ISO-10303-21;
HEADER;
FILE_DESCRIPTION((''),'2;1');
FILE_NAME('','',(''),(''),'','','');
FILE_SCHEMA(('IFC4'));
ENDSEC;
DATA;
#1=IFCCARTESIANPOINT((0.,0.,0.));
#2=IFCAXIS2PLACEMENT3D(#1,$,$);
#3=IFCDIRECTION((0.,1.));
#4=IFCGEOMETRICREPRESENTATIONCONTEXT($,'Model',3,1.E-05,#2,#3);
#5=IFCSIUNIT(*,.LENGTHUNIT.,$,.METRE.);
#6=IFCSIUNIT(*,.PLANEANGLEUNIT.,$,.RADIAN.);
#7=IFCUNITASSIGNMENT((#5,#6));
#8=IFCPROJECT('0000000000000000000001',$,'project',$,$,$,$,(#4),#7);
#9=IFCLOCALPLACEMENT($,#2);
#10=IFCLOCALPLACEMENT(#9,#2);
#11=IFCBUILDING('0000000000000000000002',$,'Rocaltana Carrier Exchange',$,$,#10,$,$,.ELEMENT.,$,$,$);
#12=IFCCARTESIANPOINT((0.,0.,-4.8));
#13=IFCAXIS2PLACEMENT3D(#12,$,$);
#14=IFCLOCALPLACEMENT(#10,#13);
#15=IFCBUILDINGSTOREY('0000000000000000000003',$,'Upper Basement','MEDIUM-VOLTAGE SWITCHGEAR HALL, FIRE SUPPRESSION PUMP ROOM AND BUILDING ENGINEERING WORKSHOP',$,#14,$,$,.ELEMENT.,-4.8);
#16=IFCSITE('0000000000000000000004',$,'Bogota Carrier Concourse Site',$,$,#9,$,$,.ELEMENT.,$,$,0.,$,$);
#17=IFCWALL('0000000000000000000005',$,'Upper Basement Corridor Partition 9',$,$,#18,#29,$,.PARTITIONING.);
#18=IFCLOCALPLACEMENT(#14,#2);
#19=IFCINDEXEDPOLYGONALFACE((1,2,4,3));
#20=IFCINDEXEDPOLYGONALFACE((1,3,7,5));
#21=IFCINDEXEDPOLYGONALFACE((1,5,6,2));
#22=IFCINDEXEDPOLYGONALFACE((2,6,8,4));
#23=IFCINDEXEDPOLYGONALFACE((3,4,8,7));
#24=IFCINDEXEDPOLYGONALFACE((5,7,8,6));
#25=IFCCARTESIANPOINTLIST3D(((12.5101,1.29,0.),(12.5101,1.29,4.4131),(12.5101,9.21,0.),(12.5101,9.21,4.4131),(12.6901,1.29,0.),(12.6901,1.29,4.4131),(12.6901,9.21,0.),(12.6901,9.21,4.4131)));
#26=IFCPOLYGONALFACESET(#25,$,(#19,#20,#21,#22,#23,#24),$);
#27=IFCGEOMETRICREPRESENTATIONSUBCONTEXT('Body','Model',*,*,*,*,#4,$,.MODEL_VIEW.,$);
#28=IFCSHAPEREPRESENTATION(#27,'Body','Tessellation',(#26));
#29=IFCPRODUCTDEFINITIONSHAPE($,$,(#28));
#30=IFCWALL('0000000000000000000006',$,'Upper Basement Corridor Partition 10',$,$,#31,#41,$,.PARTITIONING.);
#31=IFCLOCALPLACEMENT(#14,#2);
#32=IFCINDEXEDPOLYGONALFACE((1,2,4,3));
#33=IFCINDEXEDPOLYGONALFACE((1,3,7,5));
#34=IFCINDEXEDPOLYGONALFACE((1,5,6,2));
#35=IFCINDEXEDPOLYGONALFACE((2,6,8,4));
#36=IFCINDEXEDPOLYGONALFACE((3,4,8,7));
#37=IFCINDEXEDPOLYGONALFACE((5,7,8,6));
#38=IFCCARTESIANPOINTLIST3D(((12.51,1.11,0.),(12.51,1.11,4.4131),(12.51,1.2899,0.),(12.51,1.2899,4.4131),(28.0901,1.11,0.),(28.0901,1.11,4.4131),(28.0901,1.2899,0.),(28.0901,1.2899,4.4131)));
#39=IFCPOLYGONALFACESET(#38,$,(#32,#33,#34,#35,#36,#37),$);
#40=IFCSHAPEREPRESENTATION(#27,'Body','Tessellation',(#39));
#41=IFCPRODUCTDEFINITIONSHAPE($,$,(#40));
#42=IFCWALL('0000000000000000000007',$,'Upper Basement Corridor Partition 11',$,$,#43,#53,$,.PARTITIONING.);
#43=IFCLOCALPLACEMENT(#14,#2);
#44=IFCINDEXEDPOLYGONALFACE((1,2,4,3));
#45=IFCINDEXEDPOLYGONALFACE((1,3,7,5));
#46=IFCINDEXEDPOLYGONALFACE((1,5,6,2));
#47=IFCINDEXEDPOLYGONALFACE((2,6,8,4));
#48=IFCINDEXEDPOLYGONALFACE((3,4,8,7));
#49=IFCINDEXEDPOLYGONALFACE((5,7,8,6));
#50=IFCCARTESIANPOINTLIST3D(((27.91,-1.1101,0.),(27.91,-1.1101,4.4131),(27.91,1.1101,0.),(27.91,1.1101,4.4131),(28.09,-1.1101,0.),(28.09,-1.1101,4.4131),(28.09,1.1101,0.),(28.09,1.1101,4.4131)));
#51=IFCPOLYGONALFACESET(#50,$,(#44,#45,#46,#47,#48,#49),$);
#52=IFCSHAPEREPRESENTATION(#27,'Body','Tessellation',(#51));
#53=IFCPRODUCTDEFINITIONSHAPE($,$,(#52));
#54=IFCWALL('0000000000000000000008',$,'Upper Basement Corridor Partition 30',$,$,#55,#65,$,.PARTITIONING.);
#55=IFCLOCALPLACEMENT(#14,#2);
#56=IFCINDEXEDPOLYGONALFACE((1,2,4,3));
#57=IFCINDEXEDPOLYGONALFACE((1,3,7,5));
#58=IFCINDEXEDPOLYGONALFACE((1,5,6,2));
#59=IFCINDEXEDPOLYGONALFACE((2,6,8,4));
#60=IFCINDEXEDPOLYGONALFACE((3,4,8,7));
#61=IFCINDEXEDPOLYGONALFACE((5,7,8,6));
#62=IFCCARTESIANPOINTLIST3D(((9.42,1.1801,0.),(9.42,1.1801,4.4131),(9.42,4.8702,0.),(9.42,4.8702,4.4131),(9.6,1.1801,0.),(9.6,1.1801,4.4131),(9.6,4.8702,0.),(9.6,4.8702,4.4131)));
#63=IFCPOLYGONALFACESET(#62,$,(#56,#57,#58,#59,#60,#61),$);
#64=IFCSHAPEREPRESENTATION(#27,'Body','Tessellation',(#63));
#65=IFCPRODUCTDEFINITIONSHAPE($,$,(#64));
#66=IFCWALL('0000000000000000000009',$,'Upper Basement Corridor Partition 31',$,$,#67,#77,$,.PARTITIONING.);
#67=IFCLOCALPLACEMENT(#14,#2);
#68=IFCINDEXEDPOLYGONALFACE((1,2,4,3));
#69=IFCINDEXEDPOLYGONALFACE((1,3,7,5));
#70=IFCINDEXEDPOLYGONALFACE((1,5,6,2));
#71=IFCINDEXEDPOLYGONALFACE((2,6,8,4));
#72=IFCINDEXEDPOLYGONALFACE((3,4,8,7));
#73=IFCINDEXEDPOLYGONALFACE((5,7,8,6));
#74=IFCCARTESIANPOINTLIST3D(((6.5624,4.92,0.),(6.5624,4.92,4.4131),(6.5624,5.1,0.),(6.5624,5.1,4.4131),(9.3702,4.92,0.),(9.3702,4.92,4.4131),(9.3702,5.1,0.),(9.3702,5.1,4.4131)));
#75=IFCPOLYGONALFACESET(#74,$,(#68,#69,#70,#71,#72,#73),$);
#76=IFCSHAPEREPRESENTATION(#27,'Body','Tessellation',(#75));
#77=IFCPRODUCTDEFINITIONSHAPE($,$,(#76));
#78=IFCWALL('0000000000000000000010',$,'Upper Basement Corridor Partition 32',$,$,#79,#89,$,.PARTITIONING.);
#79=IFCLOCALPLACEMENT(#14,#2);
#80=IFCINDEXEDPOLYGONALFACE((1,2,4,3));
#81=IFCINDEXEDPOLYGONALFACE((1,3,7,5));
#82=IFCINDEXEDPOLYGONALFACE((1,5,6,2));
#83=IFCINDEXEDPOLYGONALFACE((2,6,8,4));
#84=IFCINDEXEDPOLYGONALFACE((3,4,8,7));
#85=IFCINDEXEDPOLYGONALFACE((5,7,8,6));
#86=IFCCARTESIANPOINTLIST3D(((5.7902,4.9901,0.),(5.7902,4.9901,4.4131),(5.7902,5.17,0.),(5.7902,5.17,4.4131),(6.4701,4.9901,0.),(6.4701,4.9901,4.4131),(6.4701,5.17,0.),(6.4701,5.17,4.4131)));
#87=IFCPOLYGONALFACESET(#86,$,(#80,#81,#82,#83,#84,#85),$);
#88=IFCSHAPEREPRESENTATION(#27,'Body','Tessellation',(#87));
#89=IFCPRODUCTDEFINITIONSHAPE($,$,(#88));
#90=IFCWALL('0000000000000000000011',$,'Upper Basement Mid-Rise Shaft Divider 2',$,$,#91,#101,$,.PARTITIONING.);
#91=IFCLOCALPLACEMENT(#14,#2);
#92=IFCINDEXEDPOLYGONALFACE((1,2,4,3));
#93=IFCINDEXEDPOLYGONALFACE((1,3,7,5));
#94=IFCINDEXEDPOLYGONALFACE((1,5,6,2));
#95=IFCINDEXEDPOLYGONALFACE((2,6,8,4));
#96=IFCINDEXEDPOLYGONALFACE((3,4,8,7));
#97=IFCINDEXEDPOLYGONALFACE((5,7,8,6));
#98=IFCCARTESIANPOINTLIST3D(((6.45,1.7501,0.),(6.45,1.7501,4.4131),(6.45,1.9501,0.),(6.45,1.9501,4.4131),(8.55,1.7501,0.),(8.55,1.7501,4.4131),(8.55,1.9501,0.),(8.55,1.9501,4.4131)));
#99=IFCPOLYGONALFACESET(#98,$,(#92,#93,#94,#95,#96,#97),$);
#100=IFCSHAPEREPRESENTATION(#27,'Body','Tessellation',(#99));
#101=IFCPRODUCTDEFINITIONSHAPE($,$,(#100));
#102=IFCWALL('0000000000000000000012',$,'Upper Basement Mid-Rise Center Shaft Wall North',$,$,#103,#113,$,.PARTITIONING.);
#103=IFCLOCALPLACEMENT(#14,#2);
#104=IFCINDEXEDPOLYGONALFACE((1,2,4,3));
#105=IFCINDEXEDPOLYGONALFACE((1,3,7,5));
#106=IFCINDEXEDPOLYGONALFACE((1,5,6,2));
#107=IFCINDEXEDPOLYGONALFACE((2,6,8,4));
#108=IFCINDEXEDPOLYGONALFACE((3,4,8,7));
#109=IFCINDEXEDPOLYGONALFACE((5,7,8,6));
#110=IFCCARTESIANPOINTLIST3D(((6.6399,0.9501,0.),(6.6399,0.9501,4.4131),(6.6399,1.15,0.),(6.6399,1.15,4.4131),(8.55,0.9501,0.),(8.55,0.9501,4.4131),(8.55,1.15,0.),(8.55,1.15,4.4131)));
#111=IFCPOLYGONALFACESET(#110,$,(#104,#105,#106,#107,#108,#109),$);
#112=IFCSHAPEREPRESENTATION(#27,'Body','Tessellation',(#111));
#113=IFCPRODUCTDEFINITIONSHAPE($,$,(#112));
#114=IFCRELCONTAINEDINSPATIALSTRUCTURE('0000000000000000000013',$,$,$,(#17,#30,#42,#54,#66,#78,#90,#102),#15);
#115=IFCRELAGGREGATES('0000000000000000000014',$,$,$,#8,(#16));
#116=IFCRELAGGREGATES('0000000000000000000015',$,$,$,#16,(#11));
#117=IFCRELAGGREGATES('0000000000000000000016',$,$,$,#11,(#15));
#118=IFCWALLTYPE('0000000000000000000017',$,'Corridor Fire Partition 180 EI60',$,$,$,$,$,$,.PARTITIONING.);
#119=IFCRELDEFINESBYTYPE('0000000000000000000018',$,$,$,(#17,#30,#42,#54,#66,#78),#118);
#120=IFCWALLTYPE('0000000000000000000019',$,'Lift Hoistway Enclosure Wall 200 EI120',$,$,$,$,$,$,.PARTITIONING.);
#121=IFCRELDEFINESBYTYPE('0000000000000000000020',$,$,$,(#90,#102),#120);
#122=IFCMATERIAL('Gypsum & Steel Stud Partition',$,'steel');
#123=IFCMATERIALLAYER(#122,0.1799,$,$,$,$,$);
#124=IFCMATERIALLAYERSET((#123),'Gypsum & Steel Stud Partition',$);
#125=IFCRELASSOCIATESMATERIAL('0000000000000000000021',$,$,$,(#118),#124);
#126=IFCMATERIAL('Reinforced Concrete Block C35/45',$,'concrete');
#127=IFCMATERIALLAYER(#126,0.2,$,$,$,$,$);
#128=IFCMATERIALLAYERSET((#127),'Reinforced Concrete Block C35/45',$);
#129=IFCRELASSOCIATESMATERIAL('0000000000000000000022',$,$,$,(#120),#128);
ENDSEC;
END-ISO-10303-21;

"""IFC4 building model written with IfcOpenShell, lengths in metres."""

from ifc_helpers import new_model, si_unit, direction, frame, frame_2d, origin, place, context, subcontext, project, spatial, rectangle, extrude, material, layer, layer_set, type_object, element, save


model = new_model("IFC4")

# Units and contexts
model_context = context("Model", 3, precision=1e-05, world=origin(), true_north=direction((0.0, 1.0)))
body_context = subcontext(model_context, "Body", "Model", "MODEL_VIEW")
ifc_project = project(units=[si_unit("LENGTHUNIT", "METRE"), si_unit("PLANEANGLEUNIT", "RADIAN")], contexts=[model_context])

# Site, building, storey
site_placement = place(None, origin())
site = spatial("IfcSite", under=ifc_project, at=site_placement, Name="Bogota Carrier Concourse Site", CompositionType="ELEMENT", RefElevation=0.0)
building_placement = place(site_placement, origin())
building = spatial("IfcBuilding", under=site, at=building_placement, Name="Rocaltana Carrier Exchange", CompositionType="ELEMENT")
storey_placement = place(building_placement, frame((0.0, 0.0, -4.8)))
storey = spatial("IfcBuildingStorey", under=building, at=storey_placement, Name="Upper Basement", Description="MEDIUM-VOLTAGE SWITCHGEAR HALL, FIRE SUPPRESSION PUMP ROOM AND BUILDING ENGINEERING WORKSHOP", CompositionType="ELEMENT", Elevation=-4.8)

# Walls
ifc_material_1 = material(Name="Gypsum & Steel Stud Partition", Category="steel")
ifc_layer_1 = layer(ifc_material_1, 0.1799)
ifc_layer_set_1 = layer_set([ifc_layer_1], Name="Gypsum & Steel Stud Partition")
wall_type_1 = type_object("IfcWallType", Name="Corridor Fire Partition 180 EI60", PredefinedType="PARTITIONING", material=ifc_layer_set_1)
wall_1_placement = place(storey_placement, frame((12.6001, 9.21, 0.0), z_axis=(0.0, 0.0, 1.0), x_axis=(0.0, -1.0, 0.0)))
element("IfcWall", 1, at=wall_1_placement, inside=storey, type_object=wall_type_1, Name="Upper Basement Corridor Partition 9", PredefinedType="PARTITIONING", context=body_context, shape_type="SweptSolid", body=[
    extrude(rectangle(XDim=7.9199, YDim=0.1799, at=frame_2d((3.96, 0.0))), origin(), (0.0, 0.0, 1.0), 4.4131),
])
wall_2_placement = place(storey_placement, frame((12.51, 1.2, 0.0), z_axis=(0.0, 0.0, 1.0), x_axis=(1.0, 0.0, 0.0)))
element("IfcWall", 2, at=wall_2_placement, inside=storey, type_object=wall_type_1, Name="Upper Basement Corridor Partition 10", PredefinedType="PARTITIONING", context=body_context, shape_type="SweptSolid", body=[
    extrude(rectangle(XDim=15.5801, YDim=0.1799, at=frame_2d((7.79, 0.0))), origin(), (0.0, 0.0, 1.0), 4.4131),
])
wall_3_placement = place(storey_placement, frame((28.0, 1.1101, 0.0), z_axis=(0.0, 0.0, 1.0), x_axis=(0.0, -1.0, 0.0)))
element("IfcWall", 3, at=wall_3_placement, inside=storey, type_object=wall_type_1, Name="Upper Basement Corridor Partition 11", PredefinedType="PARTITIONING", context=body_context, shape_type="SweptSolid", body=[
    extrude(rectangle(XDim=2.2202, YDim=0.1799, at=frame_2d((1.1101, 0.0))), origin(), (0.0, 0.0, 1.0), 4.4131),
])
wall_4_placement = place(storey_placement, frame((9.51, 1.1799, 0.0), z_axis=(0.0, 0.0, 1.0), x_axis=(0.0, 1.0, 0.0)))
element("IfcWall", 4, at=wall_4_placement, inside=storey, type_object=wall_type_1, Name="Upper Basement Corridor Partition 30", PredefinedType="PARTITIONING", context=body_context, shape_type="SweptSolid", body=[
    extrude(rectangle(XDim=3.6902, YDim=0.1799, at=frame_2d((1.8452, 0.0))), origin(), (0.0, 0.0, 1.0), 4.4131),
])
wall_5_placement = place(storey_placement, frame((9.3701, 5.01, 0.0), z_axis=(0.0, 0.0, 1.0), x_axis=(-1.0, 0.0, 0.0)))
element("IfcWall", 5, at=wall_5_placement, inside=storey, type_object=wall_type_1, Name="Upper Basement Corridor Partition 31", PredefinedType="PARTITIONING", context=body_context, shape_type="SweptSolid", body=[
    extrude(rectangle(XDim=2.8079, YDim=0.1799, at=frame_2d((1.4038, 0.0))), origin(), (0.0, 0.0, 1.0), 4.4131),
])
wall_6_placement = place(storey_placement, frame((6.47, 5.0801, 0.0), z_axis=(0.0, 0.0, 1.0), x_axis=(-1.0, 0.0, 0.0)))
element("IfcWall", 6, at=wall_6_placement, inside=storey, type_object=wall_type_1, Name="Upper Basement Corridor Partition 32", PredefinedType="PARTITIONING", context=body_context, shape_type="SweptSolid", body=[
    extrude(rectangle(XDim=0.6799, YDim=0.1799, at=frame_2d((0.3398, 0.0))), origin(), (0.0, 0.0, 1.0), 4.4131),
])
ifc_material_2 = material(Name="Reinforced Concrete Block C35/45", Category="concrete")
ifc_layer_2 = layer(ifc_material_2, 0.2)
ifc_layer_set_2 = layer_set([ifc_layer_2], Name="Reinforced Concrete Block C35/45")
wall_type_2 = type_object("IfcWallType", Name="Lift Hoistway Enclosure Wall 200 EI120", PredefinedType="PARTITIONING", material=ifc_layer_set_2)
wall_7_placement = place(storey_placement, frame((6.45, 1.8501, 0.0), z_axis=(0.0, 0.0, 1.0), x_axis=(1.0, 0.0, 0.0)))
element("IfcWall", 7, at=wall_7_placement, inside=storey, type_object=wall_type_2, Name="Upper Basement Mid-Rise Shaft Divider 2", PredefinedType="PARTITIONING", context=body_context, shape_type="SweptSolid", body=[
    extrude(rectangle(XDim=2.1001, YDim=0.2, at=frame_2d((1.05, 0.0))), origin(), (0.0, 0.0, 1.0), 4.4131),
])
wall_8_placement = place(storey_placement, frame((6.6399, 1.05, 0.0), z_axis=(0.0, 0.0, 1.0), x_axis=(1.0, 0.0, 0.0)))
element("IfcWall", 8, at=wall_8_placement, inside=storey, type_object=wall_type_2, Name="Upper Basement Mid-Rise Center Shaft Wall North", PredefinedType="PARTITIONING", context=body_context, shape_type="SweptSolid", body=[
    extrude(rectangle(XDim=1.9102, YDim=0.2, at=frame_2d((0.9551, 0.0))), origin(), (0.0, 0.0, 1.0), 4.4131),
])

save(model, "model.ifc")
